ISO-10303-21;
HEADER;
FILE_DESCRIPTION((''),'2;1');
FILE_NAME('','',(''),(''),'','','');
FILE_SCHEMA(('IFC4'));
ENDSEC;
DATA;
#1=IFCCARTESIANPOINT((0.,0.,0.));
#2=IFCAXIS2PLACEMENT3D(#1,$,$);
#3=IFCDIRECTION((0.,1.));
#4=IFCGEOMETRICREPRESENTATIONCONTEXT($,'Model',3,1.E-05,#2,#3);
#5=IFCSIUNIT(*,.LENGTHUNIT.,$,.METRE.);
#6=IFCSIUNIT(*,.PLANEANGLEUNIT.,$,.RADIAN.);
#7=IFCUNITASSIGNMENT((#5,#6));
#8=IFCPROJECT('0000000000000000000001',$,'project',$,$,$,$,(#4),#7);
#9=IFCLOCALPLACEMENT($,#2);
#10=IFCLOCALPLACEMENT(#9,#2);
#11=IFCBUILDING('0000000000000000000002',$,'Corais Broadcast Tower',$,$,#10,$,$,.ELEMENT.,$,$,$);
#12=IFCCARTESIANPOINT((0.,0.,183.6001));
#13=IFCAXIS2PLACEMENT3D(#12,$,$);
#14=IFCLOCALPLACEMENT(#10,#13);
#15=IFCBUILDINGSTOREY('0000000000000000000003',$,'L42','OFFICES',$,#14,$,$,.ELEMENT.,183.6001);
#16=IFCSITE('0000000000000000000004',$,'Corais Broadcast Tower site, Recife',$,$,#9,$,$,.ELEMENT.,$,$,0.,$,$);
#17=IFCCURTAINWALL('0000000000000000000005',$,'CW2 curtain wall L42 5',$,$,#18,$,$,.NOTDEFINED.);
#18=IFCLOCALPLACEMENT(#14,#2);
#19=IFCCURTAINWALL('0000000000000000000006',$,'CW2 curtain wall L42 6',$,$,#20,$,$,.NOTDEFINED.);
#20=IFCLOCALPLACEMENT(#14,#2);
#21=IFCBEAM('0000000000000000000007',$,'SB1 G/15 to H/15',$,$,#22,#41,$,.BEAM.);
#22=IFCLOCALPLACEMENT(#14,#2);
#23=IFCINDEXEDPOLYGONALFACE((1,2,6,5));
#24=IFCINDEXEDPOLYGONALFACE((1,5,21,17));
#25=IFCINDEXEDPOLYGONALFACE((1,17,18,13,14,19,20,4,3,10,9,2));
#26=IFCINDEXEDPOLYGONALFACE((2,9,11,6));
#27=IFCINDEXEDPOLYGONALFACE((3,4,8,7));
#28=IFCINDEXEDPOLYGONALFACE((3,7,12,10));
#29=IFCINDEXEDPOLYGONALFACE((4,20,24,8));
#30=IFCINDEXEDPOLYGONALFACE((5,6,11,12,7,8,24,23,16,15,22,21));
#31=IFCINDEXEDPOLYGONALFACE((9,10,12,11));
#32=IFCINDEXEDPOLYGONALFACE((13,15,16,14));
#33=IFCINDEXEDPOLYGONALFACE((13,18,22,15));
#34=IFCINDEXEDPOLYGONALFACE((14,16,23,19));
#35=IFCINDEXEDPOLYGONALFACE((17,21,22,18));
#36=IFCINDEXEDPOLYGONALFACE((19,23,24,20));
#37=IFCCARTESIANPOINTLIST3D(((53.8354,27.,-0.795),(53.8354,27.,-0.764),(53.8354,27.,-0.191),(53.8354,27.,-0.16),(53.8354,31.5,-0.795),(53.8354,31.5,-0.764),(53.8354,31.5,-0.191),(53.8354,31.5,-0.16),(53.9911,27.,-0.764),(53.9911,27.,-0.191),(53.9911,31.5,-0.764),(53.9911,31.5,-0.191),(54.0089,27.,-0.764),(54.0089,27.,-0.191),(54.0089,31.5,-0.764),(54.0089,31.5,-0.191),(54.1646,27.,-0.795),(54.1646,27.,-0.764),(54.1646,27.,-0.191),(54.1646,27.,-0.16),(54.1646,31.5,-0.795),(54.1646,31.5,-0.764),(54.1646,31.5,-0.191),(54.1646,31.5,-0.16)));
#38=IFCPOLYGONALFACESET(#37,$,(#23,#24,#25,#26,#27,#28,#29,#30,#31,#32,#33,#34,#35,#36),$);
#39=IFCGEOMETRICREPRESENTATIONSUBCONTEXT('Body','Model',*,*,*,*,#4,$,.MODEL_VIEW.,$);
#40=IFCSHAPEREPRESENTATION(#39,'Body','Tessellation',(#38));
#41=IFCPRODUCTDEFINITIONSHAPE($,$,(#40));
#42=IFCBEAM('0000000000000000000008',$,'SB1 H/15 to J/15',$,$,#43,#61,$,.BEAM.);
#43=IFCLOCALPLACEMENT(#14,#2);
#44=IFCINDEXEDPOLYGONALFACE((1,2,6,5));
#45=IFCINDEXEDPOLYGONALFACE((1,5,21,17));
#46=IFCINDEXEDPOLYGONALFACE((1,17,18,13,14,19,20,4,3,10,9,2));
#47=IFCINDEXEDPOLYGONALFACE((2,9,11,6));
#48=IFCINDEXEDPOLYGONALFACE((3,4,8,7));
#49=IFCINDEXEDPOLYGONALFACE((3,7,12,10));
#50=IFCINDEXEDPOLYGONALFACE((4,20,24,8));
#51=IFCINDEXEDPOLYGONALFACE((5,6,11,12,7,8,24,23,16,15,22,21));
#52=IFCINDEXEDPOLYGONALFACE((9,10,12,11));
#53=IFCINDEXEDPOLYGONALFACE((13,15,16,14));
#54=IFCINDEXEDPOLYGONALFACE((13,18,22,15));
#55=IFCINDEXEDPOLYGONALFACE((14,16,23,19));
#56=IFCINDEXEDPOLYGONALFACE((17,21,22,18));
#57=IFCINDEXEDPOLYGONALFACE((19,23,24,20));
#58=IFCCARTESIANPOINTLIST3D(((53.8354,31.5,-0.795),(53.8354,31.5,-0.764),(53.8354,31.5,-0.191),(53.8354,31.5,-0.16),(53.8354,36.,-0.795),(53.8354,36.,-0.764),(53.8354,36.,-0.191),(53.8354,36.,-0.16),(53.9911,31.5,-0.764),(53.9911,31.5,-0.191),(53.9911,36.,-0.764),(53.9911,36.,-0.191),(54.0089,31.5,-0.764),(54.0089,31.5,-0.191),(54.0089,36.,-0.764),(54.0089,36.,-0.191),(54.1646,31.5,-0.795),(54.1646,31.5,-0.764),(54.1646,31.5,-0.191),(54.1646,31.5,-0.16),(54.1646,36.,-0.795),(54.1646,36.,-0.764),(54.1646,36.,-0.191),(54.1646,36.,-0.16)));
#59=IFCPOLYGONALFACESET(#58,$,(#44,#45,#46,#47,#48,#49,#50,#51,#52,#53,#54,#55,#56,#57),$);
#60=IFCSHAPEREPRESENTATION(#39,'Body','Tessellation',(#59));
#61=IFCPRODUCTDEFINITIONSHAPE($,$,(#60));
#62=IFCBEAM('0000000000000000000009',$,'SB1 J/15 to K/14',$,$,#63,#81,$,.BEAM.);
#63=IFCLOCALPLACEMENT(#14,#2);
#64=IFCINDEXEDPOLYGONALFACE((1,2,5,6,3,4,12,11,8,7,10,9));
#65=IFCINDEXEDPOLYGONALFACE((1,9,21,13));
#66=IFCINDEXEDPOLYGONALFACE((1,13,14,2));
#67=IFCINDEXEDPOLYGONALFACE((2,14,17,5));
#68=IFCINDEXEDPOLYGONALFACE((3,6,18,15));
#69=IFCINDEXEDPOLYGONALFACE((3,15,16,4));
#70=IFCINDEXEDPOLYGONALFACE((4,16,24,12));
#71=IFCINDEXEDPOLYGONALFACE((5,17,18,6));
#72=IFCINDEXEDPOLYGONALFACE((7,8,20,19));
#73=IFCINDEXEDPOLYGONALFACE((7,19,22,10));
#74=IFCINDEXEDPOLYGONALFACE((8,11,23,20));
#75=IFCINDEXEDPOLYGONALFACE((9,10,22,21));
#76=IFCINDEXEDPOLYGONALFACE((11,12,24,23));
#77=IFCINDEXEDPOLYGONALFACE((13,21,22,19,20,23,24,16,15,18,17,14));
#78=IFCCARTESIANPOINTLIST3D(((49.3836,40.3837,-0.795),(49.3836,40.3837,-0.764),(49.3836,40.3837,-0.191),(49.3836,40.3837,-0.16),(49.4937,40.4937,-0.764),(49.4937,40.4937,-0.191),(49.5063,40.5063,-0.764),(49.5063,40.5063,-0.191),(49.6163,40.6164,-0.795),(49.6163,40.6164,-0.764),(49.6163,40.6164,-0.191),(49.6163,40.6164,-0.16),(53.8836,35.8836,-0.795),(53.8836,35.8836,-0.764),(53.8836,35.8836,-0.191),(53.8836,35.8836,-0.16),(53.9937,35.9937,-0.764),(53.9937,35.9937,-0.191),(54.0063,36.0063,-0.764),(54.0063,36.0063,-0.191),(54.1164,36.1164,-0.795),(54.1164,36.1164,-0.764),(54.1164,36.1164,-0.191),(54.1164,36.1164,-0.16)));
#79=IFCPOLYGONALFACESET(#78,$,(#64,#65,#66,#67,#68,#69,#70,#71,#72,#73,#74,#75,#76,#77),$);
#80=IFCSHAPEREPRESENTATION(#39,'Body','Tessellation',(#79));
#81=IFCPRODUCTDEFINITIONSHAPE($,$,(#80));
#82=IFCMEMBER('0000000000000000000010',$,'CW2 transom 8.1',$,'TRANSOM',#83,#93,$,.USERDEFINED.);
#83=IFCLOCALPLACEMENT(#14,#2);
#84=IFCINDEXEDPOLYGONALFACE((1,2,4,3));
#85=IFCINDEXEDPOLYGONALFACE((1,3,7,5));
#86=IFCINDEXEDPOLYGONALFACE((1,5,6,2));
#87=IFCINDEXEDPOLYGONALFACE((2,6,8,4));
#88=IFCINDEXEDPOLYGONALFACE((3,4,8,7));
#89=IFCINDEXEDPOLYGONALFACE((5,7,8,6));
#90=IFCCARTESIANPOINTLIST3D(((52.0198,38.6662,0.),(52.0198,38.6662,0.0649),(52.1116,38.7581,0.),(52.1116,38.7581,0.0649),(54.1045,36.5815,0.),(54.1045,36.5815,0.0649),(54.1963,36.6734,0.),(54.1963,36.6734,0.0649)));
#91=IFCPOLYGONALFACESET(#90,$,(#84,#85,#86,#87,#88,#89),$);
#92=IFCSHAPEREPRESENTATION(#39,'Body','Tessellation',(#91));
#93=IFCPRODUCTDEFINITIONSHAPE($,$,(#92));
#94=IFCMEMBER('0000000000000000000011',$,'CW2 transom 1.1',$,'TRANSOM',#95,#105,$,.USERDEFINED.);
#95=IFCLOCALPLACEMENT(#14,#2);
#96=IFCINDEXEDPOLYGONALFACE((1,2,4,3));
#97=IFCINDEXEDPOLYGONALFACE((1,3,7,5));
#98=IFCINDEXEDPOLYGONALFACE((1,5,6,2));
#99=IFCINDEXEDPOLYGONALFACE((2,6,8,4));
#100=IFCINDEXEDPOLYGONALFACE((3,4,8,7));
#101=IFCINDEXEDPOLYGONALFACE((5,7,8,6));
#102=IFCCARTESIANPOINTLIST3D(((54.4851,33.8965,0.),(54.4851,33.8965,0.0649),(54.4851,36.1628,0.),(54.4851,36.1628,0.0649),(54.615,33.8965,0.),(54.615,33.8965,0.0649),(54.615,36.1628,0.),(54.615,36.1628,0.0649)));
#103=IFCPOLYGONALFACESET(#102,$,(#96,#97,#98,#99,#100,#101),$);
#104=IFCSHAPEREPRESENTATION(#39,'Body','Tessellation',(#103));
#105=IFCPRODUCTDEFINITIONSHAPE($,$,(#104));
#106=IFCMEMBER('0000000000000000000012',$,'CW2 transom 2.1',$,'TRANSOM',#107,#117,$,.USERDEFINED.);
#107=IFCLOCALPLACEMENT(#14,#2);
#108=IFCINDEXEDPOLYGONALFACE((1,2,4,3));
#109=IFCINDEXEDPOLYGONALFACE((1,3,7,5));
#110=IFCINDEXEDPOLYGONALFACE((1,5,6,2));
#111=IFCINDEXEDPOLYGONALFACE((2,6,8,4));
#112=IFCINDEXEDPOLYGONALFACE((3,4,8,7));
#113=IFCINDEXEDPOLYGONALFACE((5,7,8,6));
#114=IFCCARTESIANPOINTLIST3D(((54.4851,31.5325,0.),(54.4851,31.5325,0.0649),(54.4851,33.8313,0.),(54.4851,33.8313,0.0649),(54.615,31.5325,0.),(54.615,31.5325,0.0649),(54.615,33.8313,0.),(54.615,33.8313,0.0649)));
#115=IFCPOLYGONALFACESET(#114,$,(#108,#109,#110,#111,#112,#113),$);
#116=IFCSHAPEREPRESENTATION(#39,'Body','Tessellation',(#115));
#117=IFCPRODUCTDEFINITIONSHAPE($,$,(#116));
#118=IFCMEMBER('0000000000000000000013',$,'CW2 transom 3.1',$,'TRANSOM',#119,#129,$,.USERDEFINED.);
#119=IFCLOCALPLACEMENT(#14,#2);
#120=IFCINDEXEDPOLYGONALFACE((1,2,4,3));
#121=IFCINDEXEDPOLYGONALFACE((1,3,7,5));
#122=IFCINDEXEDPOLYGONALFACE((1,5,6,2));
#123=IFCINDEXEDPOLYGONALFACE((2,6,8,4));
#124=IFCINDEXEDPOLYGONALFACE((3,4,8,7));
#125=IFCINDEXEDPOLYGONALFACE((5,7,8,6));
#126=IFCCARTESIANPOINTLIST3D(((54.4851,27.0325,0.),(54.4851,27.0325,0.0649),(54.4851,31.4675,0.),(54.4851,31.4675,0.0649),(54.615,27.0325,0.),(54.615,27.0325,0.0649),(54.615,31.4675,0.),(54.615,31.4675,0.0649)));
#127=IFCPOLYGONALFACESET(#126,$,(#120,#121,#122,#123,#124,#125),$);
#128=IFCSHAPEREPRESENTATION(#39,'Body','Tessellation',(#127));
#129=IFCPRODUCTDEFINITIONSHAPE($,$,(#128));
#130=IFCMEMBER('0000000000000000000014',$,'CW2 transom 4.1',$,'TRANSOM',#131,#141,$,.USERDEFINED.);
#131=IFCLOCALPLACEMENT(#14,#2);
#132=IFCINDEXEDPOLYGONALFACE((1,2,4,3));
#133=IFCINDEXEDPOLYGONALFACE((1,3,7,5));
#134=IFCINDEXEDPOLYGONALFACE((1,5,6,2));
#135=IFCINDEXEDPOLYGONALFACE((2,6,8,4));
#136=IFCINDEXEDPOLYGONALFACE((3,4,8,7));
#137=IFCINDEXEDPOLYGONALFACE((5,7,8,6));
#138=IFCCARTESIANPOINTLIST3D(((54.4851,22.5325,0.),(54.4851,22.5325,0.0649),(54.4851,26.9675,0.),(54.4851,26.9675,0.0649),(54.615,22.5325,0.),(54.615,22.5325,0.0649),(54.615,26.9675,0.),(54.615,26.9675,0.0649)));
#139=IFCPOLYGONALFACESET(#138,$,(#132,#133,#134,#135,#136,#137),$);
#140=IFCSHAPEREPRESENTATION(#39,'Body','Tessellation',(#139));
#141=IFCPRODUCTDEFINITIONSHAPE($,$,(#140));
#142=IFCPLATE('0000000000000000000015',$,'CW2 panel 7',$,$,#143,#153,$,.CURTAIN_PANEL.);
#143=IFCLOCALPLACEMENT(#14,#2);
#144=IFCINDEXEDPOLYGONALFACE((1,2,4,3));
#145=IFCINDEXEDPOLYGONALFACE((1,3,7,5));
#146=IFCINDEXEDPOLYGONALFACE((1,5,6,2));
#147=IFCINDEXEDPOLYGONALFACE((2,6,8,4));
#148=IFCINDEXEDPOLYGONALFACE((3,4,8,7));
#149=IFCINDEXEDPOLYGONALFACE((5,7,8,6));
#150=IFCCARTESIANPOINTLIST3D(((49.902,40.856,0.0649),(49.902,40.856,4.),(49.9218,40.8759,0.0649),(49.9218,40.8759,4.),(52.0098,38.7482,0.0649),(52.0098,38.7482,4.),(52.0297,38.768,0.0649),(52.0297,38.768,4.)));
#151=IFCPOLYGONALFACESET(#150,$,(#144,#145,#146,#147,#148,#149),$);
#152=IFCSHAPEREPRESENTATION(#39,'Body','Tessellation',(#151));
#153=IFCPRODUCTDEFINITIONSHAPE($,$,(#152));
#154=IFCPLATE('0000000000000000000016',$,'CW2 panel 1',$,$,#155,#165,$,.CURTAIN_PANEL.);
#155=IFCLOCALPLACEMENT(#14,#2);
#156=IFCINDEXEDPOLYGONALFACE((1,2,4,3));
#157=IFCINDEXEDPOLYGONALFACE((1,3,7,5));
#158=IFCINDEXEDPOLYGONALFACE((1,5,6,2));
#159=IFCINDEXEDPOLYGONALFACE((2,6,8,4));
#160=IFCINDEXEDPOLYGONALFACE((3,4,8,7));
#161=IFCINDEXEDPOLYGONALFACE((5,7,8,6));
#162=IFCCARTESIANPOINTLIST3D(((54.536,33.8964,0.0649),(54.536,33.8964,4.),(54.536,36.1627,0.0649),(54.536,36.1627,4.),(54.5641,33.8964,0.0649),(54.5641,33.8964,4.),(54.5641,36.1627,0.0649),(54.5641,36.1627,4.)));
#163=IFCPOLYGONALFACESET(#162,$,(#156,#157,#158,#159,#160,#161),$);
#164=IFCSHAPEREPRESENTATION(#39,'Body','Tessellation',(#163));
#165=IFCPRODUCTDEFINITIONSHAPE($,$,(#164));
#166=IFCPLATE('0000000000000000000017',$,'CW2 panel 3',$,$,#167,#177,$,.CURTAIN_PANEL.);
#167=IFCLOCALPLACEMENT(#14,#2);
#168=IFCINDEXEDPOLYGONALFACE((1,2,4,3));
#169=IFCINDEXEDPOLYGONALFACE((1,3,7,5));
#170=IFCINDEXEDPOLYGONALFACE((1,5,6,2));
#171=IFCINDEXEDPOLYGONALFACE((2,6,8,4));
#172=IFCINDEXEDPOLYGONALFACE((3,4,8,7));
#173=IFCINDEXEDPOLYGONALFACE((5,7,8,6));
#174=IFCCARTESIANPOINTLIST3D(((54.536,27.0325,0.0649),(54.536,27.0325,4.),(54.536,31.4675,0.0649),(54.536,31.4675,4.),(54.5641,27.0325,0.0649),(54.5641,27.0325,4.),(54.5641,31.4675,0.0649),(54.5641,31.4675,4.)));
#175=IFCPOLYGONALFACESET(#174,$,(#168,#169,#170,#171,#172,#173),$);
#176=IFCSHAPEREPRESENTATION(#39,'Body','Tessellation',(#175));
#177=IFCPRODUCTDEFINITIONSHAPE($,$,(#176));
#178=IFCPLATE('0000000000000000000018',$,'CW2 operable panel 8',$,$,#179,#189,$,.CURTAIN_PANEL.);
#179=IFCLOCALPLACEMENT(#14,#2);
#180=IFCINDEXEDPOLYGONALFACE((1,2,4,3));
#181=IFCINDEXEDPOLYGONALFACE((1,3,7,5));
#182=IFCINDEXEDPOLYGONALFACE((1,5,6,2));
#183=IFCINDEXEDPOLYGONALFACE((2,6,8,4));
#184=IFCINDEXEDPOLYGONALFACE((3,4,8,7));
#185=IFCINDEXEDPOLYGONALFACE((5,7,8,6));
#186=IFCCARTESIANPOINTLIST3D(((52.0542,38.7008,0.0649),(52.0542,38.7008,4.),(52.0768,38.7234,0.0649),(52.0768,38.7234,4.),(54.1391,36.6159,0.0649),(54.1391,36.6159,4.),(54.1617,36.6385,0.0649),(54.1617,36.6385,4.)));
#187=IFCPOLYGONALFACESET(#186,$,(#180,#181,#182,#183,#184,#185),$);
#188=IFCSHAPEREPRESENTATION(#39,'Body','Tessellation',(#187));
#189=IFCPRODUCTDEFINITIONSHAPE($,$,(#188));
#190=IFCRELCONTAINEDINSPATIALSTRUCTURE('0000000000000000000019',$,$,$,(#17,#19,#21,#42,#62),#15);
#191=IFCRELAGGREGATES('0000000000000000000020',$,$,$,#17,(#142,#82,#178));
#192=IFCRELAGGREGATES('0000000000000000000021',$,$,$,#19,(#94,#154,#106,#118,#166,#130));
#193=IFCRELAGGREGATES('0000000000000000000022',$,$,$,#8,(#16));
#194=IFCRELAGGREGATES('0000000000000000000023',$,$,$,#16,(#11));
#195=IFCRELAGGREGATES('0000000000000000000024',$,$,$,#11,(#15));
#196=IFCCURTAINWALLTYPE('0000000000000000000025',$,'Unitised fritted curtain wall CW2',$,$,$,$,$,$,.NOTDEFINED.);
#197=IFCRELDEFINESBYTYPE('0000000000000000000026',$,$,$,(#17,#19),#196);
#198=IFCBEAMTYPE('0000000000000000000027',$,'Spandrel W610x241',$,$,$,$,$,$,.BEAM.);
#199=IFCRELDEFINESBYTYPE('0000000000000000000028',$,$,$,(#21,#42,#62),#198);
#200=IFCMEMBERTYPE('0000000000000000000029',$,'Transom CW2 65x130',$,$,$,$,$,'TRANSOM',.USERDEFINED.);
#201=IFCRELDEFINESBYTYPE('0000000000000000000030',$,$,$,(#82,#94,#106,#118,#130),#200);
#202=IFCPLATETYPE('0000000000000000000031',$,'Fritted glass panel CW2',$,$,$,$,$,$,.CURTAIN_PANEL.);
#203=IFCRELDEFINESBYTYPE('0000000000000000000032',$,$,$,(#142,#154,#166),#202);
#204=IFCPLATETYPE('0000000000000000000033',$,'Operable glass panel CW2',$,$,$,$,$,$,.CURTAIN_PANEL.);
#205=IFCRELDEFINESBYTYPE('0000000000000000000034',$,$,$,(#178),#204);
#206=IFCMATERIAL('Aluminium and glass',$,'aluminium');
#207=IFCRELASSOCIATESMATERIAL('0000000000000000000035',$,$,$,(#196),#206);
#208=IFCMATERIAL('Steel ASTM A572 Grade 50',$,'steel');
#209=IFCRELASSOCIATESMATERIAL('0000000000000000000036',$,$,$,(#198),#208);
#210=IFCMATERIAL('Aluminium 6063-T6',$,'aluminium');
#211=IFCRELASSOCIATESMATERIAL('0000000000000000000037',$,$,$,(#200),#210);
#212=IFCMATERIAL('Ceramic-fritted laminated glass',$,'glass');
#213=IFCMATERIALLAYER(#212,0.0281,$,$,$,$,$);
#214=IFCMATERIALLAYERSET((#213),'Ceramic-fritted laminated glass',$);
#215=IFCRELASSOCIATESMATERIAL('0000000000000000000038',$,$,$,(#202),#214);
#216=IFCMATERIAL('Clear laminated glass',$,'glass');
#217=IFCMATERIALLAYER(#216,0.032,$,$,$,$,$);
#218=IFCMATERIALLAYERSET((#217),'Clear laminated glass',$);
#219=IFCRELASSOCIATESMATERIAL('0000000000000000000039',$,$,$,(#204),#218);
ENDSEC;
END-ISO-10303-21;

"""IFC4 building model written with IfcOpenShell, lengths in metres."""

from ifc_helpers import new_model, si_unit, direction, frame, origin, origin_2d, place, context, subcontext, project, spatial, rectangle, i_section, extrude, material, layer, layer_set, material_profile, profile_set, type_object, element, aggregate, save


model = new_model("IFC4")

# Units and contexts
model_context = context("Model", 3, precision=1e-05, world=origin(), true_north=direction((0.0, 1.0)))
body_context = subcontext(model_context, "Body", "Model", "MODEL_VIEW")
ifc_project = project(units=[si_unit("LENGTHUNIT", "METRE"), si_unit("PLANEANGLEUNIT", "RADIAN")], contexts=[model_context])

# Site, building, storey
site_placement = place(None, origin())
site = spatial("IfcSite", under=ifc_project, at=site_placement, Name="Corais Broadcast Tower site, Recife", CompositionType="ELEMENT", RefElevation=0.0)
building_placement = place(site_placement, origin())
building = spatial("IfcBuilding", under=site, at=building_placement, Name="Corais Broadcast Tower", CompositionType="ELEMENT")
storey_placement = place(building_placement, frame((0.0, 0.0, 183.6001)))
storey = spatial("IfcBuildingStorey", under=building, at=storey_placement, Name="L42", Description="OFFICES", CompositionType="ELEMENT", Elevation=183.6001)

# Curtain walls
ifc_material_1 = material(Name="Aluminium and glass", Category="aluminium")
curtain_wall_type = type_object("IfcCurtainWallType", Name="Unitised fritted curtain wall CW2", PredefinedType="NOTDEFINED", material=ifc_material_1)
curtain_wall_1_placement = place(storey_placement, origin())
curtain_wall_1 = element("IfcCurtainWall", 1, at=curtain_wall_1_placement, inside=storey, type_object=curtain_wall_type, Name="CW2 curtain wall L42 5", PredefinedType="NOTDEFINED")
curtain_wall_2_placement = place(storey_placement, origin())
curtain_wall_2 = element("IfcCurtainWall", 2, at=curtain_wall_2_placement, inside=storey, type_object=curtain_wall_type, Name="CW2 curtain wall L42 6", PredefinedType="NOTDEFINED")

# Beams
ifc_material_2 = material(Name="Steel ASTM A572 Grade 50", Category="steel")
ifc_material_profile_1 = material_profile(ifc_material_2, i_section(OverallWidth=0.3291, OverallDepth=0.635, WebThickness=0.0178, FlangeThickness=0.031, at=origin_2d()), Name="W610x241")
ifc_profile_set_1 = profile_set([ifc_material_profile_1], Name="Steel ASTM A572 Grade 50")
beam_type_1 = type_object("IfcBeamType", Name="Spandrel W610x241", PredefinedType="BEAM", material=ifc_profile_set_1)
for number, where, z_axis, x_axis, name in (
    (3, (54.0, 27.0, -0.4775), (0.0, 1.0, 0.0), (-1.0, 0.0, 0.0), "SB1 G/15 to H/15"),
    (4, (54.0, 31.5, -0.4775), (0.0, 1.0, 0.0), (-1.0, 0.0, 0.0), "SB1 H/15 to J/15"),
):
    element("IfcBeam", number, at=place(storey_placement, frame(where, z_axis=z_axis, x_axis=x_axis)), inside=storey, type_object=beam_type_1, Name=name, PredefinedType="BEAM", context=body_context, shape_type="SweptSolid", body=[
        extrude(i_section(OverallWidth=0.3291, OverallDepth=0.635, WebThickness=0.0178, FlangeThickness=0.031, at=origin_2d()), origin(), (0.0, 0.0, 1.0), 4.5),
    ])
beam_placement = place(storey_placement, frame((54.0, 36.0, -0.4775), z_axis=(-0.707107, 0.707107, 0.0), x_axis=(-0.707107, -0.707107, 0.0)))
element("IfcBeam", 5, at=beam_placement, inside=storey, type_object=beam_type_1, Name="SB1 J/15 to K/14", PredefinedType="BEAM", context=body_context, shape_type="SweptSolid", body=[
    extrude(i_section(OverallWidth=0.3291, OverallDepth=0.635, WebThickness=0.0178, FlangeThickness=0.031, at=origin_2d()), origin(), (0.0, 0.0, 1.0), 6.364),
])

# Members
ifc_material_3 = material(Name="Aluminium 6063-T6", Category="aluminium")
ifc_material_profile_2 = material_profile(ifc_material_3, rectangle(XDim=0.1299, YDim=0.0649, at=origin_2d()), Name="Transom CW2 65x130")
ifc_profile_set_2 = profile_set([ifc_material_profile_2], Name="Aluminium 6063-T6")
member_type_1 = type_object("IfcMemberType", Name="Transom CW2 65x130", ElementType="TRANSOM", PredefinedType="USERDEFINED", material=ifc_profile_set_2)
member_1_placement = place(storey_placement, frame((52.0657, 38.7122, 0.0325), z_axis=(0.707107, -0.707107, 0.0), x_axis=(0.707107, 0.707107, 0.0)))
member_1 = element("IfcMember", 6, at=member_1_placement, type_object=member_type_1, Name="CW2 transom 8.1", ObjectType="TRANSOM", PredefinedType="USERDEFINED", context=body_context, shape_type="SweptSolid", body=[
    extrude(rectangle(XDim=0.1299, YDim=0.0649, at=origin_2d()), origin(), (0.0, 0.0, 1.0), 2.9482),
])
member_2_placement = place(storey_placement, frame((54.55, 36.1628, 0.0325), z_axis=(0.0, -1.0, 0.0), x_axis=(1.0, 0.0, 0.0)))
member_2 = element("IfcMember", 7, at=member_2_placement, type_object=member_type_1, Name="CW2 transom 1.1", ObjectType="TRANSOM", PredefinedType="USERDEFINED", context=body_context, shape_type="SweptSolid", body=[
    extrude(rectangle(XDim=0.1299, YDim=0.0649, at=origin_2d()), origin(), (0.0, 0.0, 1.0), 2.2664),
])
member_3_placement = place(storey_placement, frame((54.55, 33.8313, 0.0325), z_axis=(0.0, -1.0, 0.0), x_axis=(1.0, 0.0, 0.0)))
member_3 = element("IfcMember", 8, at=member_3_placement, type_object=member_type_1, Name="CW2 transom 2.1", ObjectType="TRANSOM", PredefinedType="USERDEFINED", context=body_context, shape_type="SweptSolid", body=[
    extrude(rectangle(XDim=0.1299, YDim=0.0649, at=origin_2d()), origin(), (0.0, 0.0, 1.0), 2.2988),
])
member_4_placement = place(storey_placement, frame((54.55, 31.4675, 0.0325), z_axis=(0.0, -1.0, 0.0), x_axis=(1.0, 0.0, 0.0)))
member_4 = element("IfcMember", 9, at=member_4_placement, type_object=member_type_1, Name="CW2 transom 3.1", ObjectType="TRANSOM", PredefinedType="USERDEFINED", context=body_context, shape_type="SweptSolid", body=[
    extrude(rectangle(XDim=0.1299, YDim=0.0649, at=origin_2d()), origin(), (0.0, 0.0, 1.0), 4.4351),
])
member_5_placement = place(storey_placement, frame((54.55, 26.9675, 0.0325), z_axis=(0.0, -1.0, 0.0), x_axis=(1.0, 0.0, 0.0)))
member_5 = element("IfcMember", 10, at=member_5_placement, type_object=member_type_1, Name="CW2 transom 4.1", ObjectType="TRANSOM", PredefinedType="USERDEFINED", context=body_context, shape_type="SweptSolid", body=[
    extrude(rectangle(XDim=0.1299, YDim=0.0649, at=origin_2d()), origin(), (0.0, 0.0, 1.0), 4.4351),
])

# Plates
ifc_material_4 = material(Name="Ceramic-fritted laminated glass", Category="glass")
ifc_layer_1 = layer(ifc_material_4, 0.0281)
ifc_layer_set_1 = layer_set([ifc_layer_1], Name="Ceramic-fritted laminated glass")
plate_type_1 = type_object("IfcPlateType", Name="Fritted glass panel CW2", PredefinedType="CURTAIN_PANEL", material=ifc_layer_set_1)
plate_1_placement = place(storey_placement, frame((50.9658, 39.812, 0.0649), z_axis=(0.0, 0.0, 1.0), x_axis=(0.707107, -0.707107, 0.0)))
plate_1 = element("IfcPlate", 11, at=plate_1_placement, type_object=plate_type_1, Name="CW2 panel 7", PredefinedType="CURTAIN_PANEL", context=body_context, shape_type="SweptSolid", body=[
    extrude(rectangle(XDim=2.981, YDim=0.0281, at=origin_2d()), origin(), (0.0, 0.0, 1.0), 3.9351),
])
plate_2_placement = place(storey_placement, frame((54.55, 35.0295, 0.0649), z_axis=(0.0, 0.0, 1.0), x_axis=(0.0, -1.0, 0.0)))
plate_2 = element("IfcPlate", 12, at=plate_2_placement, type_object=plate_type_1, Name="CW2 panel 1", PredefinedType="CURTAIN_PANEL", context=body_context, shape_type="SweptSolid", body=[
    extrude(rectangle(XDim=2.2664, YDim=0.0281, at=origin_2d()), origin(), (0.0, 0.0, 1.0), 3.9351),
])
plate_3_placement = place(storey_placement, frame((54.55, 29.25, 0.0649), z_axis=(0.0, 0.0, 1.0), x_axis=(0.0, -1.0, 0.0)))
plate_3 = element("IfcPlate", 13, at=plate_3_placement, type_object=plate_type_1, Name="CW2 panel 3", PredefinedType="CURTAIN_PANEL", context=body_context, shape_type="SweptSolid", body=[
    extrude(rectangle(XDim=4.4351, YDim=0.0281, at=origin_2d()), origin(), (0.0, 0.0, 1.0), 3.9351),
])
ifc_material_5 = material(Name="Clear laminated glass", Category="glass")
ifc_layer_2 = layer(ifc_material_5, 0.032)
ifc_layer_set_2 = layer_set([ifc_layer_2], Name="Clear laminated glass")
plate_type_2 = type_object("IfcPlateType", Name="Operable glass panel CW2", PredefinedType="CURTAIN_PANEL", material=ifc_layer_set_2)
plate_4_placement = place(storey_placement, frame((53.1079, 37.6697, 0.0649), z_axis=(0.0, 0.0, 1.0), x_axis=(0.707107, -0.707107, 0.0)))
plate_4 = element("IfcPlate", 14, at=plate_4_placement, type_object=plate_type_2, Name="CW2 operable panel 8", PredefinedType="CURTAIN_PANEL", context=body_context, shape_type="SweptSolid", body=[
    extrude(rectangle(XDim=2.9485, YDim=0.032, at=origin_2d()), origin(), (0.0, 0.0, 1.0), 3.9351),
])
aggregate(curtain_wall_1, [plate_1, member_1, plate_4])
aggregate(curtain_wall_2, [member_2, plate_2, member_3, member_4, plate_3, member_5])

save(model, "model.ifc")
